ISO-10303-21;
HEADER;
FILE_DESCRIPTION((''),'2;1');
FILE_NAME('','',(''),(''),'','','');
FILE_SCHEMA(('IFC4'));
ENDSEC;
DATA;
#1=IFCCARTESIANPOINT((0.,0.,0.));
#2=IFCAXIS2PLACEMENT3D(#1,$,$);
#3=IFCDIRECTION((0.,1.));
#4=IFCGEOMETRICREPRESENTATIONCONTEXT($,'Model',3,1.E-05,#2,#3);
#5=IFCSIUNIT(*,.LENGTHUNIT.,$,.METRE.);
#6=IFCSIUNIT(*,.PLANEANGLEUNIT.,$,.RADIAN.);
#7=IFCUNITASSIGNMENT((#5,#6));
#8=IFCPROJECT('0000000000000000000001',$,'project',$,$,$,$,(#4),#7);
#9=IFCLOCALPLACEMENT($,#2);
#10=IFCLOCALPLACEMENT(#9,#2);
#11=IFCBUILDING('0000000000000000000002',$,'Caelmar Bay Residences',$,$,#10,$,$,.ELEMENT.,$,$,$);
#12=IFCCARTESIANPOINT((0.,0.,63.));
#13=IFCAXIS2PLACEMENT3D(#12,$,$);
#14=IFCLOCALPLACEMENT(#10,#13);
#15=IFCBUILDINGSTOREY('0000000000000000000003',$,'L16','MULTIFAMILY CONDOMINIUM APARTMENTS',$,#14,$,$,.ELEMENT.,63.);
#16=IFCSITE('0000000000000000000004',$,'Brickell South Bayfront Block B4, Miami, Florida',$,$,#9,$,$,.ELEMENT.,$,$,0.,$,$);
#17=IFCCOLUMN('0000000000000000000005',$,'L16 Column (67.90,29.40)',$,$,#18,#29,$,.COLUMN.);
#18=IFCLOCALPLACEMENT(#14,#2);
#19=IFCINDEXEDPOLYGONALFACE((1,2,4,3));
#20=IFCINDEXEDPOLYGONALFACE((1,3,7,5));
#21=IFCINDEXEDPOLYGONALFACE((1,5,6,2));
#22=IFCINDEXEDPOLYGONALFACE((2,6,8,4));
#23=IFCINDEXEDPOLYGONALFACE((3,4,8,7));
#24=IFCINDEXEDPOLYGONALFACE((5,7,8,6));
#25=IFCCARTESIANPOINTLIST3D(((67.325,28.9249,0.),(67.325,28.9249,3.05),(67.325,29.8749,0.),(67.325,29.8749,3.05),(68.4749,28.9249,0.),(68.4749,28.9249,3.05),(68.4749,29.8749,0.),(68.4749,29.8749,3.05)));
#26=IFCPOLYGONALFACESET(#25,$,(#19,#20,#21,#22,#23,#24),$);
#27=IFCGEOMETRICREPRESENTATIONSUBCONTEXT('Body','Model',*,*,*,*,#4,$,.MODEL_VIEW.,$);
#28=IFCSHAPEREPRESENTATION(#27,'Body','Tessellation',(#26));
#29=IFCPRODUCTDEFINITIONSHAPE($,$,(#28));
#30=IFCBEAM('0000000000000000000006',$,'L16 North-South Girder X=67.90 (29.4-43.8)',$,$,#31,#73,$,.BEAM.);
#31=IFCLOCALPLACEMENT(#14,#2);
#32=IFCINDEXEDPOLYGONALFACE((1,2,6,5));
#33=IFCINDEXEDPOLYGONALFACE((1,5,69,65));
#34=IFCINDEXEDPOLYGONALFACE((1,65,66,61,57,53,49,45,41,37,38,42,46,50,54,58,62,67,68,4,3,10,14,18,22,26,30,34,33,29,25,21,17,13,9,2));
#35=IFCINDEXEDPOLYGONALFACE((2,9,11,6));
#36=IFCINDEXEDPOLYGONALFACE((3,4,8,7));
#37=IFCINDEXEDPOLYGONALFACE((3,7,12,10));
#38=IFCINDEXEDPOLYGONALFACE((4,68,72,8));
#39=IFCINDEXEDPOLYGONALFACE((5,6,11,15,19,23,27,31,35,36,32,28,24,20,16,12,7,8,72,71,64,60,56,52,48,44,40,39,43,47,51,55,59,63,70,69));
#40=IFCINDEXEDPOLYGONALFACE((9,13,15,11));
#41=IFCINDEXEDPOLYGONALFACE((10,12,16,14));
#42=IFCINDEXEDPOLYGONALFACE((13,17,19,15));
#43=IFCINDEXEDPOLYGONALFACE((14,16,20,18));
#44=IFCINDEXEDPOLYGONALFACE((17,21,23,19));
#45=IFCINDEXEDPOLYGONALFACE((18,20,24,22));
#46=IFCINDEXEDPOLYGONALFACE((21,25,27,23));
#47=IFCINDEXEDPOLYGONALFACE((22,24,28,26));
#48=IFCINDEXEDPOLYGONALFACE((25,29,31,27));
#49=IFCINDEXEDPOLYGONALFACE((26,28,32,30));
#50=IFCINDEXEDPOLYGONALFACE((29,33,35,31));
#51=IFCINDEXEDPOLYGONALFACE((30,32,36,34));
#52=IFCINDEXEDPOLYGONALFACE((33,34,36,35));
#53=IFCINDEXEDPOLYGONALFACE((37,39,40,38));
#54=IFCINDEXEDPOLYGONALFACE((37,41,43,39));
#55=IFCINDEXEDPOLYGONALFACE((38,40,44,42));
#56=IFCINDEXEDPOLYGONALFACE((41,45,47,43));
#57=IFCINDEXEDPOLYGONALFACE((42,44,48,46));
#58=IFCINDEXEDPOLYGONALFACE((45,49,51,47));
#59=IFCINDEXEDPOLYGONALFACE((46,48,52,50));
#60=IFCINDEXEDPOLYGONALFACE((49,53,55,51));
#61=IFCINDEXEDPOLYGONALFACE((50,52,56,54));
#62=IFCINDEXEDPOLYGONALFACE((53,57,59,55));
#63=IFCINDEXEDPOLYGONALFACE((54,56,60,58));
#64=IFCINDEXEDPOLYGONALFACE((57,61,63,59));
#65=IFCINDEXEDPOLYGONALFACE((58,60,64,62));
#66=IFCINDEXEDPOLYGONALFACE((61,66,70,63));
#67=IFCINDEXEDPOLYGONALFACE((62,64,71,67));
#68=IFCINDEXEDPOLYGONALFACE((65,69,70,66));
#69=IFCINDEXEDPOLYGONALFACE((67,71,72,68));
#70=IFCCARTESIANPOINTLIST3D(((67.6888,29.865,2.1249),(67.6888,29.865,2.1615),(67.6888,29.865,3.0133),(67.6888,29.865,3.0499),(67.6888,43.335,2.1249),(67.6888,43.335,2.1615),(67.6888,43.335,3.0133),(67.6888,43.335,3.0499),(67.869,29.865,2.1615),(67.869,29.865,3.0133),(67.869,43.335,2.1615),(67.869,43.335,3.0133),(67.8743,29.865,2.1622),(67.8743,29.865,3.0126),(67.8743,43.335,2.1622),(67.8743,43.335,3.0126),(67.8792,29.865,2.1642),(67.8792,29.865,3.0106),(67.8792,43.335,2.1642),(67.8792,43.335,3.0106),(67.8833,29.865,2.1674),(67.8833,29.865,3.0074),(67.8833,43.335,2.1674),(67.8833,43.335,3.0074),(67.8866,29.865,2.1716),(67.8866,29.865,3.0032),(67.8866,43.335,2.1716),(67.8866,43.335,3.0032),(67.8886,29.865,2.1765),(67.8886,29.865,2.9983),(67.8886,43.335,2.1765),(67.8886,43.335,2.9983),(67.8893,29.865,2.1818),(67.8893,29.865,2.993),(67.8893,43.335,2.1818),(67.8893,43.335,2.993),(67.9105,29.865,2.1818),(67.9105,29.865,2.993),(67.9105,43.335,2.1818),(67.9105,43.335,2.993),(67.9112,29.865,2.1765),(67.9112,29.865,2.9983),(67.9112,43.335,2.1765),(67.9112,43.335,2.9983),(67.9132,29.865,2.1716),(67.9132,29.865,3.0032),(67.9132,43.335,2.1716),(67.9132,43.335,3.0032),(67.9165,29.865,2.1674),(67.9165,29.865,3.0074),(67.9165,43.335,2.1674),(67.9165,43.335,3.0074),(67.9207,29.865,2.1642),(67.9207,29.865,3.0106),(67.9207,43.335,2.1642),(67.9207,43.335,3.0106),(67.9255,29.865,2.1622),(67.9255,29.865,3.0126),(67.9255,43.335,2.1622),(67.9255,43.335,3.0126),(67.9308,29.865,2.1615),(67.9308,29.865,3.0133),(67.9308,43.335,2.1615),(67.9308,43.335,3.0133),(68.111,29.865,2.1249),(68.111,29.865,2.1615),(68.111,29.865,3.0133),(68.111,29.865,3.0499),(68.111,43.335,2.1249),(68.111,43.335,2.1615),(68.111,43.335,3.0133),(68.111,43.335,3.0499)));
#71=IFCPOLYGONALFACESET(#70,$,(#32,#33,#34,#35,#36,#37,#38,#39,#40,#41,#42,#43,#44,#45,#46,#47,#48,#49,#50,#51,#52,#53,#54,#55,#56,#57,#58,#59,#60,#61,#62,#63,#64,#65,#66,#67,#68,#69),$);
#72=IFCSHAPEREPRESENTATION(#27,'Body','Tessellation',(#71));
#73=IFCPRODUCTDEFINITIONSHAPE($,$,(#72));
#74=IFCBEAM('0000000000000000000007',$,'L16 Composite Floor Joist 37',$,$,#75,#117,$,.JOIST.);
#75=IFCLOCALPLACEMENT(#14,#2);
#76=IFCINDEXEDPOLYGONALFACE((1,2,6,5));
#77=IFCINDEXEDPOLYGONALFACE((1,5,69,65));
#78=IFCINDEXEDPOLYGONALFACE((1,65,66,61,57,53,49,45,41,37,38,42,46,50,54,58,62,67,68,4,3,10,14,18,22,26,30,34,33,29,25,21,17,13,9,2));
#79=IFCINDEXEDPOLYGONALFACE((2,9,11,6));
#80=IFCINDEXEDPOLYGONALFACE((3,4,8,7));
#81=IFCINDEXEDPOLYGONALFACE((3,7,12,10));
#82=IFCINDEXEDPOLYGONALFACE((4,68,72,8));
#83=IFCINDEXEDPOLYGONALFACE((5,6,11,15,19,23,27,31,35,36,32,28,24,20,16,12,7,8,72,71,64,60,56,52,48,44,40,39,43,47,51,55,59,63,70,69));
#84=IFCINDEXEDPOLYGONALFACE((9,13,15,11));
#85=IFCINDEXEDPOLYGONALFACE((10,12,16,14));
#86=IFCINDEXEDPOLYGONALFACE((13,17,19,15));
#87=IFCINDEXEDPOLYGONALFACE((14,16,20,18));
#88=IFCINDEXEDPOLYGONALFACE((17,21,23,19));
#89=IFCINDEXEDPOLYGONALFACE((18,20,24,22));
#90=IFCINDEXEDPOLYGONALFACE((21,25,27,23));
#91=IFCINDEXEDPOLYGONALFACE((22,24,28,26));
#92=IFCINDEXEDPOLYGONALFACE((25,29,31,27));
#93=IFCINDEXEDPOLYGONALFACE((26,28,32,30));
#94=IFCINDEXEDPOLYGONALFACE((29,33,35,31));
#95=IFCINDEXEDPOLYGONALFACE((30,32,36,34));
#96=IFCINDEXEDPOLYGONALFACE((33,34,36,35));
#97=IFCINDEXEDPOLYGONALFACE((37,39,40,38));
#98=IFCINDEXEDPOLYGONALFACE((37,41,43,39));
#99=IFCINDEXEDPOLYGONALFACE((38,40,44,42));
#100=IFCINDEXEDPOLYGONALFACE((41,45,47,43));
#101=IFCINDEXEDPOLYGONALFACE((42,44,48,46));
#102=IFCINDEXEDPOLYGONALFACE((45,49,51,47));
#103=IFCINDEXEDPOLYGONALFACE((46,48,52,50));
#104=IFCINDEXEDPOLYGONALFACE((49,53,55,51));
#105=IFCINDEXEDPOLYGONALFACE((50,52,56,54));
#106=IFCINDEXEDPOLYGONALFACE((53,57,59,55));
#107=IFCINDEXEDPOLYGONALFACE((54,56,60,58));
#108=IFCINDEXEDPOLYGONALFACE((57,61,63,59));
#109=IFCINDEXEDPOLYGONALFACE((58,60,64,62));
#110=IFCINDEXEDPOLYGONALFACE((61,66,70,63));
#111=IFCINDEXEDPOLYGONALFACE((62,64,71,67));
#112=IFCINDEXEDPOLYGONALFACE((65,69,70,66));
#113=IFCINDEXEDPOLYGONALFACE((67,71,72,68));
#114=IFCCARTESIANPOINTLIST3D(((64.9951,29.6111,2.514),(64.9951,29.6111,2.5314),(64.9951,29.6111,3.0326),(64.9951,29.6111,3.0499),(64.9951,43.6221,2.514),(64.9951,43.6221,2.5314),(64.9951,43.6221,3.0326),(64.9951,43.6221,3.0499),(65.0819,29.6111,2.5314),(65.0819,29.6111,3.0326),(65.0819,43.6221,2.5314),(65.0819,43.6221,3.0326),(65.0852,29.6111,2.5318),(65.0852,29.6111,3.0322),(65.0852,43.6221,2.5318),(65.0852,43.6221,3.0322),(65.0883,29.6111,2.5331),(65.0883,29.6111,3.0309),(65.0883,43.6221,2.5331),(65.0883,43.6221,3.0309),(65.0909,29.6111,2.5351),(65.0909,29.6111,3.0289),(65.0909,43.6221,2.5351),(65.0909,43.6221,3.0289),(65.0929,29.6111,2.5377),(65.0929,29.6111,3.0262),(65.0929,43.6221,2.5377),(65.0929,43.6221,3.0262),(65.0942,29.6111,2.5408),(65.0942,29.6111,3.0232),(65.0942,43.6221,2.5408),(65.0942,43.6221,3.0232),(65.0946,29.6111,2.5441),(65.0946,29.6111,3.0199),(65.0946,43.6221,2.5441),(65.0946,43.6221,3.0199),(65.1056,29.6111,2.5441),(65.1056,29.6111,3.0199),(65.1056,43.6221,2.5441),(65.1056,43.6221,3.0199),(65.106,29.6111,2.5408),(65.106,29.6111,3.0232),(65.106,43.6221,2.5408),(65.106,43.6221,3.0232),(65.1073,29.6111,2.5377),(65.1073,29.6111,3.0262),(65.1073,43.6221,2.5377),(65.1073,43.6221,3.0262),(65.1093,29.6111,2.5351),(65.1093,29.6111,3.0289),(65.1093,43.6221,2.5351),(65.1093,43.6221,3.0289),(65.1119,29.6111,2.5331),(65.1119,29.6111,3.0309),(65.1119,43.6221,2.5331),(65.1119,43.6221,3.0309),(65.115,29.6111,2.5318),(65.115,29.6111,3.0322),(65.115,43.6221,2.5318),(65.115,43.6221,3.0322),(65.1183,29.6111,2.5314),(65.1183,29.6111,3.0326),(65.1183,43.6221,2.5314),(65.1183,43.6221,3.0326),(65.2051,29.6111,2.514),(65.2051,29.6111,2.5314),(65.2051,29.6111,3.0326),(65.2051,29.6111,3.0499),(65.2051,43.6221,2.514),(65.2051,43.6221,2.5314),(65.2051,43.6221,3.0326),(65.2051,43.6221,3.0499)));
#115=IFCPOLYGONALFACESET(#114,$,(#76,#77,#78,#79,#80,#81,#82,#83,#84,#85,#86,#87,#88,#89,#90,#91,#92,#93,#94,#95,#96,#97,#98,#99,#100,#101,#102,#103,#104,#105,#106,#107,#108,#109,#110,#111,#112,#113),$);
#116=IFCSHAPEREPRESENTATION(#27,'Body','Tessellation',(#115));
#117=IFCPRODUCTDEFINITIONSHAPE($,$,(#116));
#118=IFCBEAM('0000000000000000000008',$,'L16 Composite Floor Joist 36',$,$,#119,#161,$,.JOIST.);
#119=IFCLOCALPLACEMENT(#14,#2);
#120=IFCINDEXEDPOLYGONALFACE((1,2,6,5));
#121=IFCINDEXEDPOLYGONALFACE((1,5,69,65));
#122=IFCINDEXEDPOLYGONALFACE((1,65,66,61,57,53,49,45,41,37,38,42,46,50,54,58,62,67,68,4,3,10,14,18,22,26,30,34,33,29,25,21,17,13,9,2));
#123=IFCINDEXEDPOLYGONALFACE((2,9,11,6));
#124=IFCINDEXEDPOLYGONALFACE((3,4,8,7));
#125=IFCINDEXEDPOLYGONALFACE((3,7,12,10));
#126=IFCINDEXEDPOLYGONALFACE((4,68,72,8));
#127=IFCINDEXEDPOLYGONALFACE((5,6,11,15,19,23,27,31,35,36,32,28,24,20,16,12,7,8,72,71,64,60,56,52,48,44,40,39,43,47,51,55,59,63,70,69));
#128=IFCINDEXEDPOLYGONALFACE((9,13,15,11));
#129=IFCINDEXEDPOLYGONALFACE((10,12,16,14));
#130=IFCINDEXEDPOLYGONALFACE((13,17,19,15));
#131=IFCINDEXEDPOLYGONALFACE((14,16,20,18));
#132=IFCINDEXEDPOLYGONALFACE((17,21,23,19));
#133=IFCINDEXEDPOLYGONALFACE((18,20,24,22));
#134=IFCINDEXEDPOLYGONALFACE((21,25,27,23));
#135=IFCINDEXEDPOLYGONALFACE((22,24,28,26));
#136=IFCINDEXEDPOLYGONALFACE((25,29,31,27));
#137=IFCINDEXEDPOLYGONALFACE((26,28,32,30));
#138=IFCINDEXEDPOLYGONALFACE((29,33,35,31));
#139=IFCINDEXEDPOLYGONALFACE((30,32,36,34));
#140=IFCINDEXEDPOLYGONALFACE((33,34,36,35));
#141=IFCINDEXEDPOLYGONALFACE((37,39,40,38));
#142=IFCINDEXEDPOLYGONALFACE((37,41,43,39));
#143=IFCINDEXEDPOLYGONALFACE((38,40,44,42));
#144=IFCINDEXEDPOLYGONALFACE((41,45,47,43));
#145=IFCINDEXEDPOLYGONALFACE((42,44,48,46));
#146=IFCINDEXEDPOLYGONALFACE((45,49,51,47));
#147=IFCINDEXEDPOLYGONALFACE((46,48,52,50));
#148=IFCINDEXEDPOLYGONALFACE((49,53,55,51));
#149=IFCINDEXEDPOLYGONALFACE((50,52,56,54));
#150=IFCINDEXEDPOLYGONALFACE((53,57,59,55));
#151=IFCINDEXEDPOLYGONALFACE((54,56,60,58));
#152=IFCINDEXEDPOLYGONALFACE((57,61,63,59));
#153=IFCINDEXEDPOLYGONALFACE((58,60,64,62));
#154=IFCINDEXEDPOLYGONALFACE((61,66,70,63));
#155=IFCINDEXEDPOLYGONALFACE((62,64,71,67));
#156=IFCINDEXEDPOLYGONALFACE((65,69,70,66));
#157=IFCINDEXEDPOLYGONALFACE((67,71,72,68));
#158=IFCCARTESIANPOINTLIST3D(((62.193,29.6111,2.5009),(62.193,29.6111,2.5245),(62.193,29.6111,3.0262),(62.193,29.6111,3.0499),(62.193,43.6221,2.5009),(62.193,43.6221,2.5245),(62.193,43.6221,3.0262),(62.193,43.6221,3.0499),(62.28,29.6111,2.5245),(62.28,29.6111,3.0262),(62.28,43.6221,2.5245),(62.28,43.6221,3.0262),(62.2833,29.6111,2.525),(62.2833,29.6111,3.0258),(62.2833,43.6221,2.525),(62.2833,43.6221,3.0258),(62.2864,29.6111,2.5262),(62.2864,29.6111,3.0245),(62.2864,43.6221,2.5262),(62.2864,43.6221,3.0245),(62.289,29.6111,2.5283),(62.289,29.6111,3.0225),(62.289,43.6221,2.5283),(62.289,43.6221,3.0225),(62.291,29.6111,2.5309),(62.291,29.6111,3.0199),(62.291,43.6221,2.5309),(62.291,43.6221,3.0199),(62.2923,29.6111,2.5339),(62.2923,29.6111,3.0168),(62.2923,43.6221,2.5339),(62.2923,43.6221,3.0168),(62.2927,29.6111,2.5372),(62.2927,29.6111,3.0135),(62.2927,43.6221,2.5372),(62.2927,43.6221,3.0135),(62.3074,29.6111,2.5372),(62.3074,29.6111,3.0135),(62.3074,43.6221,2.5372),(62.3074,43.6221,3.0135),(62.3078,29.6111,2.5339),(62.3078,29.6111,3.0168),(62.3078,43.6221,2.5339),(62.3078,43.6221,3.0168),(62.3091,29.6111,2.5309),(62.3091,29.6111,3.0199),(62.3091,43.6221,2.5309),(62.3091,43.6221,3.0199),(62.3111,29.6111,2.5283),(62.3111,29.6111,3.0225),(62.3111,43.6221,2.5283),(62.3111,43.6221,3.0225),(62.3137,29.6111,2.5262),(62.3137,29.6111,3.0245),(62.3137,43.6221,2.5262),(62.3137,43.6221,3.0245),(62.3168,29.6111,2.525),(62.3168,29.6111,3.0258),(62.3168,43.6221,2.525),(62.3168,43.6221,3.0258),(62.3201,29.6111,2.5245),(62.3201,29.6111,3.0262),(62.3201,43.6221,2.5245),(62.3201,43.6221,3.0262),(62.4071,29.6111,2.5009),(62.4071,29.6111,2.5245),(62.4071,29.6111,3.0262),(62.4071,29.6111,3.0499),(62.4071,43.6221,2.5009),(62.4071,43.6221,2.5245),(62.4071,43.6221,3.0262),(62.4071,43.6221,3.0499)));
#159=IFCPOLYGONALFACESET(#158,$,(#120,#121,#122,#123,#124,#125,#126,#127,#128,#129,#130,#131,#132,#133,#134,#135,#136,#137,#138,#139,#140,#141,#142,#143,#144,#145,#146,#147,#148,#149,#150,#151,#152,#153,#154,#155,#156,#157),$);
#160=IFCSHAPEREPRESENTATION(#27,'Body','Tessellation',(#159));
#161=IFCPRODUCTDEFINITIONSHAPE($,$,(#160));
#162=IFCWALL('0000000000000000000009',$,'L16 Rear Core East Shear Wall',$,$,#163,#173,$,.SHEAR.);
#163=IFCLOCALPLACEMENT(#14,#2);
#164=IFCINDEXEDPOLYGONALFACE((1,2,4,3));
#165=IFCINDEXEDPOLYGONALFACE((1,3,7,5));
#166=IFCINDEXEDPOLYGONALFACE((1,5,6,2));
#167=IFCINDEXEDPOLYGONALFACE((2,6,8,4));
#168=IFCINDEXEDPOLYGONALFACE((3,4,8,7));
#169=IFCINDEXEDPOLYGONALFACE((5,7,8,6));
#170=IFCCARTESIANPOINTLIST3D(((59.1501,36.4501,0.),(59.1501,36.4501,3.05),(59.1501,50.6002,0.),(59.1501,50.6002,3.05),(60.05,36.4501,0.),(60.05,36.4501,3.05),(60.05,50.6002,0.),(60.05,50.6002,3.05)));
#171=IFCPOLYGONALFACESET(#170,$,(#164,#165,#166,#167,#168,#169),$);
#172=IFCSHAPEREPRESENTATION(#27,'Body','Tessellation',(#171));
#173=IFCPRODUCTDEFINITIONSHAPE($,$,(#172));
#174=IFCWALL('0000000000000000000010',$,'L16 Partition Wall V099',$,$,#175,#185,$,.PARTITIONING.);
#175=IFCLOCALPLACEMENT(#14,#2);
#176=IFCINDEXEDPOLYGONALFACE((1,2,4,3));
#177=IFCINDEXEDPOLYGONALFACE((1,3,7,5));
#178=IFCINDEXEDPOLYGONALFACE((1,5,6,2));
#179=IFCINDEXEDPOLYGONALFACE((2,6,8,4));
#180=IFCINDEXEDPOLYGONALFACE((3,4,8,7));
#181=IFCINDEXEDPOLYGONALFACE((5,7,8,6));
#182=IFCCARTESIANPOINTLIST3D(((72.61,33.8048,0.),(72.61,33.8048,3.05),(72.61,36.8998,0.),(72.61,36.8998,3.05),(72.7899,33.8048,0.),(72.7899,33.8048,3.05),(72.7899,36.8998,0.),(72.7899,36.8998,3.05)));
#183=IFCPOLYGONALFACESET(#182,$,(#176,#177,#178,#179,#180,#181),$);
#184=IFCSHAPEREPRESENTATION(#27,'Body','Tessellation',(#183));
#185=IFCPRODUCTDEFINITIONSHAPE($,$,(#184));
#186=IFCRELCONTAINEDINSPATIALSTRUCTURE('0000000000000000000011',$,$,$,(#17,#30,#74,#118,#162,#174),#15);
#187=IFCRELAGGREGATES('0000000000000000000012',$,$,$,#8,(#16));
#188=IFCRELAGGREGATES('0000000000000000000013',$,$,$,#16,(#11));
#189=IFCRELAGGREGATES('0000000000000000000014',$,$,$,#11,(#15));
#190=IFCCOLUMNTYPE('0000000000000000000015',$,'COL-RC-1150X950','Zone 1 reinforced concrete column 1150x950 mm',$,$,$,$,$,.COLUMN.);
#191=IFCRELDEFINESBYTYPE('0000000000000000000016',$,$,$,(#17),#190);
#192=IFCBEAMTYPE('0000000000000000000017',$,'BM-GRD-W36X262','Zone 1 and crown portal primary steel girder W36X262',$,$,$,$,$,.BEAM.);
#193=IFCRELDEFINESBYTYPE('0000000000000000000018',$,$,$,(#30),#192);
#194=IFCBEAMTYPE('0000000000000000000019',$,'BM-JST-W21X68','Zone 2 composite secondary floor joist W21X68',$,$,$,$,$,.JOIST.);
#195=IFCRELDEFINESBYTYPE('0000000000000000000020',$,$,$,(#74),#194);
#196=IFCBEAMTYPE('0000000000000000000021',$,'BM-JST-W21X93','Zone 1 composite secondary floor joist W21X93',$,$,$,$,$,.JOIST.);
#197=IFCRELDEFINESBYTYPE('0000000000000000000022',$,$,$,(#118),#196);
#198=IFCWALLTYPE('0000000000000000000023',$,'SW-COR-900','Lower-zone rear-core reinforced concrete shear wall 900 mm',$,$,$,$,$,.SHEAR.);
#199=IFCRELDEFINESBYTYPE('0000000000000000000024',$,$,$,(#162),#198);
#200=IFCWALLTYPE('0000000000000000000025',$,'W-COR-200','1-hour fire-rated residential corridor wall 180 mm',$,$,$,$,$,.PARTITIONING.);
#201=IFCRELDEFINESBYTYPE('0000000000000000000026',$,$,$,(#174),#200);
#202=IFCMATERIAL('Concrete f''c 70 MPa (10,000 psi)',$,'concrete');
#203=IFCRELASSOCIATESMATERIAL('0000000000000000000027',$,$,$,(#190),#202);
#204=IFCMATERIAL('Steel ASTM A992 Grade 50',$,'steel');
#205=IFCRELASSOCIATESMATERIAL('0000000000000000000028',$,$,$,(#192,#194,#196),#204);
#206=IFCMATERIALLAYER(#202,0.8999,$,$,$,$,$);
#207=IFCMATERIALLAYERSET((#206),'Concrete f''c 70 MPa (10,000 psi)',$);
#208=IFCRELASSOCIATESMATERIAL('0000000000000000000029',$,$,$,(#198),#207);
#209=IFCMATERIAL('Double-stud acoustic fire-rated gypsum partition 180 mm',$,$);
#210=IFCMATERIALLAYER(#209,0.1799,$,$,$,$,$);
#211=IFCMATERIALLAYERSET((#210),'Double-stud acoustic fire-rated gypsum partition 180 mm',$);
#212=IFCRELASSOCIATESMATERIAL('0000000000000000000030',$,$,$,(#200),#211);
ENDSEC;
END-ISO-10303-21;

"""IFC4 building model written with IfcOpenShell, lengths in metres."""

from ifc_helpers import new_model, si_unit, direction, frame, frame_2d, origin, origin_2d, place, context, subcontext, project, spatial, rectangle, i_section, extrude, material, layer, layer_set, material_profile, profile_set, type_object, element, save


model = new_model("IFC4")

# Units and contexts
model_context = context("Model", 3, precision=1e-05, world=origin(), true_north=direction((0.0, 1.0)))
body_context = subcontext(model_context, "Body", "Model", "MODEL_VIEW")
ifc_project = project(units=[si_unit("LENGTHUNIT", "METRE"), si_unit("PLANEANGLEUNIT", "RADIAN")], contexts=[model_context])

# Site, building, storey
site_placement = place(None, origin())
site = spatial("IfcSite", under=ifc_project, at=site_placement, Name="Brickell South Bayfront Block B4, Miami, Florida", CompositionType="ELEMENT", RefElevation=0.0)
building_placement = place(site_placement, origin())
building = spatial("IfcBuilding", under=site, at=building_placement, Name="Caelmar Bay Residences", CompositionType="ELEMENT")
storey_placement = place(building_placement, frame((0.0, 0.0, 63.0)))
storey = spatial("IfcBuildingStorey", under=building, at=storey_placement, Name="L16", Description="MULTIFAMILY CONDOMINIUM APARTMENTS", CompositionType="ELEMENT", Elevation=63.0)

# Column
ifc_material_1 = material(Name="Concrete f'c 70 MPa (10,000 psi)", Category="concrete")
ifc_material_profile_1 = material_profile(ifc_material_1, rectangle(XDim=1.1499, YDim=0.95, at=origin_2d()), Name="RC-COL-1150X950")
ifc_profile_set_1 = profile_set([ifc_material_profile_1], Name="Concrete f'c 70 MPa (10,000 psi)")
column_type = type_object("IfcColumnType", Name="COL-RC-1150X950", Description="Zone 1 reinforced concrete column 1150x950 mm", PredefinedType="COLUMN", material=ifc_profile_set_1)
column_placement = place(storey_placement, frame((67.8999, 29.3999, 0.0), z_axis=(0.0, 0.0, 1.0), x_axis=(1.0, 0.0, 0.0)))
element("IfcColumn", 1, at=column_placement, inside=storey, type_object=column_type, Name="L16 Column (67.90,29.40)", PredefinedType="COLUMN", context=body_context, shape_type="SweptSolid", body=[
    extrude(rectangle(XDim=1.1499, YDim=0.95, at=origin_2d()), origin(), (0.0, 0.0, 1.0), 3.05),
])

# Beams
ifc_material_2 = material(Name="Steel ASTM A992 Grade 50", Category="steel")
ifc_material_profile_2 = material_profile(ifc_material_2, i_section(OverallWidth=0.4221, OverallDepth=0.925, WebThickness=0.0212, FlangeThickness=0.0366, FilletRadius=0.0203, at=origin_2d()), Name="W36X262")
ifc_profile_set_2 = profile_set([ifc_material_profile_2], Name="Steel ASTM A992 Grade 50")
beam_type_1 = type_object("IfcBeamType", Name="BM-GRD-W36X262", Description="Zone 1 and crown portal primary steel girder W36X262", PredefinedType="BEAM", material=ifc_profile_set_2)
beam_1_placement = place(storey_placement, frame((67.8999, 29.865, 2.5874), z_axis=(0.0, 1.0, 0.0), x_axis=(-1.0, 0.0, 0.0)))
element("IfcBeam", 2, at=beam_1_placement, inside=storey, type_object=beam_type_1, Name="L16 North-South Girder X=67.90 (29.4-43.8)", PredefinedType="BEAM", context=body_context, shape_type="SweptSolid", body=[
    extrude(i_section(OverallWidth=0.4221, OverallDepth=0.925, WebThickness=0.0212, FlangeThickness=0.0366, FilletRadius=0.0203, at=origin_2d()), origin(), (0.0, 0.0, 1.0), 13.47),
])
ifc_material_profile_3 = material_profile(ifc_material_2, i_section(OverallWidth=0.21, OverallDepth=0.5359, WebThickness=0.011, FlangeThickness=0.0173, FilletRadius=0.0127, at=origin_2d()), Name="W21X68")
ifc_profile_set_3 = profile_set([ifc_material_profile_3], Name="Steel ASTM A992 Grade 50")
beam_type_2 = type_object("IfcBeamType", Name="BM-JST-W21X68", Description="Zone 2 composite secondary floor joist W21X68", PredefinedType="JOIST", material=ifc_profile_set_3)
beam_2_placement = place(storey_placement, frame((65.1001, 29.6111, 2.782), z_axis=(0.0, 1.0, 0.0), x_axis=(-1.0, 0.0, 0.0)))
element("IfcBeam", 3, at=beam_2_placement, inside=storey, type_object=beam_type_2, Name="L16 Composite Floor Joist 37", PredefinedType="JOIST", context=body_context, shape_type="SweptSolid", body=[
    extrude(i_section(OverallWidth=0.21, OverallDepth=0.5359, WebThickness=0.011, FlangeThickness=0.0173, FilletRadius=0.0127, at=origin_2d()), origin(), (0.0, 0.0, 1.0), 14.011),
])
ifc_material_profile_4 = material_profile(ifc_material_2, i_section(OverallWidth=0.2141, OverallDepth=0.5491, WebThickness=0.0146, FlangeThickness=0.0237, FilletRadius=0.0127, at=origin_2d()), Name="W21X93")
ifc_profile_set_4 = profile_set([ifc_material_profile_4], Name="Steel ASTM A992 Grade 50")
beam_type_3 = type_object("IfcBeamType", Name="BM-JST-W21X93", Description="Zone 1 composite secondary floor joist W21X93", PredefinedType="JOIST", material=ifc_profile_set_4)
beam_3_placement = place(storey_placement, frame((62.3, 29.6111, 2.7754), z_axis=(0.0, 1.0, 0.0), x_axis=(-1.0, 0.0, 0.0)))
element("IfcBeam", 4, at=beam_3_placement, inside=storey, type_object=beam_type_3, Name="L16 Composite Floor Joist 36", PredefinedType="JOIST", context=body_context, shape_type="SweptSolid", body=[
    extrude(i_section(OverallWidth=0.2141, OverallDepth=0.5491, WebThickness=0.0146, FlangeThickness=0.0237, FilletRadius=0.0127, at=origin_2d()), origin(), (0.0, 0.0, 1.0), 14.011),
])

# Walls
ifc_layer_1 = layer(ifc_material_1, 0.8999)
ifc_layer_set_1 = layer_set([ifc_layer_1], Name="Concrete f'c 70 MPa (10,000 psi)")
wall_type_1 = type_object("IfcWallType", Name="SW-COR-900", Description="Lower-zone rear-core reinforced concrete shear wall 900 mm", PredefinedType="SHEAR", material=ifc_layer_set_1)
wall_1_placement = place(storey_placement, frame((59.6001, 36.45, 0.0), z_axis=(0.0, 0.0, 1.0), x_axis=(0.0, 1.0, 0.0)))
element("IfcWall", 5, at=wall_1_placement, inside=storey, type_object=wall_type_1, Name="L16 Rear Core East Shear Wall", PredefinedType="SHEAR", context=body_context, shape_type="SweptSolid", body=[
    extrude(rectangle(XDim=14.1501, YDim=0.8999, at=frame_2d((7.0752, 0.0))), origin(), (0.0, 0.0, 1.0), 3.05),
])
ifc_material_3 = material(Name="Double-stud acoustic fire-rated gypsum partition 180 mm")
ifc_layer_2 = layer(ifc_material_3, 0.1799)
ifc_layer_set_2 = layer_set([ifc_layer_2], Name="Double-stud acoustic fire-rated gypsum partition 180 mm")
wall_type_2 = type_object("IfcWallType", Name="W-COR-200", Description="1-hour fire-rated residential corridor wall 180 mm", PredefinedType="PARTITIONING", material=ifc_layer_set_2)
wall_2_placement = place(storey_placement, frame((72.7, 33.8049, 0.0), z_axis=(0.0, 0.0, 1.0), x_axis=(0.0, 1.0, 0.0)))
element("IfcWall", 6, at=wall_2_placement, inside=storey, type_object=wall_type_2, Name="L16 Partition Wall V099", PredefinedType="PARTITIONING", context=body_context, shape_type="SweptSolid", body=[
    extrude(rectangle(XDim=3.095, YDim=0.1799, at=frame_2d((1.5474, 0.0))), origin(), (0.0, 0.0, 1.0), 3.05),
])

save(model, "model.ifc")
